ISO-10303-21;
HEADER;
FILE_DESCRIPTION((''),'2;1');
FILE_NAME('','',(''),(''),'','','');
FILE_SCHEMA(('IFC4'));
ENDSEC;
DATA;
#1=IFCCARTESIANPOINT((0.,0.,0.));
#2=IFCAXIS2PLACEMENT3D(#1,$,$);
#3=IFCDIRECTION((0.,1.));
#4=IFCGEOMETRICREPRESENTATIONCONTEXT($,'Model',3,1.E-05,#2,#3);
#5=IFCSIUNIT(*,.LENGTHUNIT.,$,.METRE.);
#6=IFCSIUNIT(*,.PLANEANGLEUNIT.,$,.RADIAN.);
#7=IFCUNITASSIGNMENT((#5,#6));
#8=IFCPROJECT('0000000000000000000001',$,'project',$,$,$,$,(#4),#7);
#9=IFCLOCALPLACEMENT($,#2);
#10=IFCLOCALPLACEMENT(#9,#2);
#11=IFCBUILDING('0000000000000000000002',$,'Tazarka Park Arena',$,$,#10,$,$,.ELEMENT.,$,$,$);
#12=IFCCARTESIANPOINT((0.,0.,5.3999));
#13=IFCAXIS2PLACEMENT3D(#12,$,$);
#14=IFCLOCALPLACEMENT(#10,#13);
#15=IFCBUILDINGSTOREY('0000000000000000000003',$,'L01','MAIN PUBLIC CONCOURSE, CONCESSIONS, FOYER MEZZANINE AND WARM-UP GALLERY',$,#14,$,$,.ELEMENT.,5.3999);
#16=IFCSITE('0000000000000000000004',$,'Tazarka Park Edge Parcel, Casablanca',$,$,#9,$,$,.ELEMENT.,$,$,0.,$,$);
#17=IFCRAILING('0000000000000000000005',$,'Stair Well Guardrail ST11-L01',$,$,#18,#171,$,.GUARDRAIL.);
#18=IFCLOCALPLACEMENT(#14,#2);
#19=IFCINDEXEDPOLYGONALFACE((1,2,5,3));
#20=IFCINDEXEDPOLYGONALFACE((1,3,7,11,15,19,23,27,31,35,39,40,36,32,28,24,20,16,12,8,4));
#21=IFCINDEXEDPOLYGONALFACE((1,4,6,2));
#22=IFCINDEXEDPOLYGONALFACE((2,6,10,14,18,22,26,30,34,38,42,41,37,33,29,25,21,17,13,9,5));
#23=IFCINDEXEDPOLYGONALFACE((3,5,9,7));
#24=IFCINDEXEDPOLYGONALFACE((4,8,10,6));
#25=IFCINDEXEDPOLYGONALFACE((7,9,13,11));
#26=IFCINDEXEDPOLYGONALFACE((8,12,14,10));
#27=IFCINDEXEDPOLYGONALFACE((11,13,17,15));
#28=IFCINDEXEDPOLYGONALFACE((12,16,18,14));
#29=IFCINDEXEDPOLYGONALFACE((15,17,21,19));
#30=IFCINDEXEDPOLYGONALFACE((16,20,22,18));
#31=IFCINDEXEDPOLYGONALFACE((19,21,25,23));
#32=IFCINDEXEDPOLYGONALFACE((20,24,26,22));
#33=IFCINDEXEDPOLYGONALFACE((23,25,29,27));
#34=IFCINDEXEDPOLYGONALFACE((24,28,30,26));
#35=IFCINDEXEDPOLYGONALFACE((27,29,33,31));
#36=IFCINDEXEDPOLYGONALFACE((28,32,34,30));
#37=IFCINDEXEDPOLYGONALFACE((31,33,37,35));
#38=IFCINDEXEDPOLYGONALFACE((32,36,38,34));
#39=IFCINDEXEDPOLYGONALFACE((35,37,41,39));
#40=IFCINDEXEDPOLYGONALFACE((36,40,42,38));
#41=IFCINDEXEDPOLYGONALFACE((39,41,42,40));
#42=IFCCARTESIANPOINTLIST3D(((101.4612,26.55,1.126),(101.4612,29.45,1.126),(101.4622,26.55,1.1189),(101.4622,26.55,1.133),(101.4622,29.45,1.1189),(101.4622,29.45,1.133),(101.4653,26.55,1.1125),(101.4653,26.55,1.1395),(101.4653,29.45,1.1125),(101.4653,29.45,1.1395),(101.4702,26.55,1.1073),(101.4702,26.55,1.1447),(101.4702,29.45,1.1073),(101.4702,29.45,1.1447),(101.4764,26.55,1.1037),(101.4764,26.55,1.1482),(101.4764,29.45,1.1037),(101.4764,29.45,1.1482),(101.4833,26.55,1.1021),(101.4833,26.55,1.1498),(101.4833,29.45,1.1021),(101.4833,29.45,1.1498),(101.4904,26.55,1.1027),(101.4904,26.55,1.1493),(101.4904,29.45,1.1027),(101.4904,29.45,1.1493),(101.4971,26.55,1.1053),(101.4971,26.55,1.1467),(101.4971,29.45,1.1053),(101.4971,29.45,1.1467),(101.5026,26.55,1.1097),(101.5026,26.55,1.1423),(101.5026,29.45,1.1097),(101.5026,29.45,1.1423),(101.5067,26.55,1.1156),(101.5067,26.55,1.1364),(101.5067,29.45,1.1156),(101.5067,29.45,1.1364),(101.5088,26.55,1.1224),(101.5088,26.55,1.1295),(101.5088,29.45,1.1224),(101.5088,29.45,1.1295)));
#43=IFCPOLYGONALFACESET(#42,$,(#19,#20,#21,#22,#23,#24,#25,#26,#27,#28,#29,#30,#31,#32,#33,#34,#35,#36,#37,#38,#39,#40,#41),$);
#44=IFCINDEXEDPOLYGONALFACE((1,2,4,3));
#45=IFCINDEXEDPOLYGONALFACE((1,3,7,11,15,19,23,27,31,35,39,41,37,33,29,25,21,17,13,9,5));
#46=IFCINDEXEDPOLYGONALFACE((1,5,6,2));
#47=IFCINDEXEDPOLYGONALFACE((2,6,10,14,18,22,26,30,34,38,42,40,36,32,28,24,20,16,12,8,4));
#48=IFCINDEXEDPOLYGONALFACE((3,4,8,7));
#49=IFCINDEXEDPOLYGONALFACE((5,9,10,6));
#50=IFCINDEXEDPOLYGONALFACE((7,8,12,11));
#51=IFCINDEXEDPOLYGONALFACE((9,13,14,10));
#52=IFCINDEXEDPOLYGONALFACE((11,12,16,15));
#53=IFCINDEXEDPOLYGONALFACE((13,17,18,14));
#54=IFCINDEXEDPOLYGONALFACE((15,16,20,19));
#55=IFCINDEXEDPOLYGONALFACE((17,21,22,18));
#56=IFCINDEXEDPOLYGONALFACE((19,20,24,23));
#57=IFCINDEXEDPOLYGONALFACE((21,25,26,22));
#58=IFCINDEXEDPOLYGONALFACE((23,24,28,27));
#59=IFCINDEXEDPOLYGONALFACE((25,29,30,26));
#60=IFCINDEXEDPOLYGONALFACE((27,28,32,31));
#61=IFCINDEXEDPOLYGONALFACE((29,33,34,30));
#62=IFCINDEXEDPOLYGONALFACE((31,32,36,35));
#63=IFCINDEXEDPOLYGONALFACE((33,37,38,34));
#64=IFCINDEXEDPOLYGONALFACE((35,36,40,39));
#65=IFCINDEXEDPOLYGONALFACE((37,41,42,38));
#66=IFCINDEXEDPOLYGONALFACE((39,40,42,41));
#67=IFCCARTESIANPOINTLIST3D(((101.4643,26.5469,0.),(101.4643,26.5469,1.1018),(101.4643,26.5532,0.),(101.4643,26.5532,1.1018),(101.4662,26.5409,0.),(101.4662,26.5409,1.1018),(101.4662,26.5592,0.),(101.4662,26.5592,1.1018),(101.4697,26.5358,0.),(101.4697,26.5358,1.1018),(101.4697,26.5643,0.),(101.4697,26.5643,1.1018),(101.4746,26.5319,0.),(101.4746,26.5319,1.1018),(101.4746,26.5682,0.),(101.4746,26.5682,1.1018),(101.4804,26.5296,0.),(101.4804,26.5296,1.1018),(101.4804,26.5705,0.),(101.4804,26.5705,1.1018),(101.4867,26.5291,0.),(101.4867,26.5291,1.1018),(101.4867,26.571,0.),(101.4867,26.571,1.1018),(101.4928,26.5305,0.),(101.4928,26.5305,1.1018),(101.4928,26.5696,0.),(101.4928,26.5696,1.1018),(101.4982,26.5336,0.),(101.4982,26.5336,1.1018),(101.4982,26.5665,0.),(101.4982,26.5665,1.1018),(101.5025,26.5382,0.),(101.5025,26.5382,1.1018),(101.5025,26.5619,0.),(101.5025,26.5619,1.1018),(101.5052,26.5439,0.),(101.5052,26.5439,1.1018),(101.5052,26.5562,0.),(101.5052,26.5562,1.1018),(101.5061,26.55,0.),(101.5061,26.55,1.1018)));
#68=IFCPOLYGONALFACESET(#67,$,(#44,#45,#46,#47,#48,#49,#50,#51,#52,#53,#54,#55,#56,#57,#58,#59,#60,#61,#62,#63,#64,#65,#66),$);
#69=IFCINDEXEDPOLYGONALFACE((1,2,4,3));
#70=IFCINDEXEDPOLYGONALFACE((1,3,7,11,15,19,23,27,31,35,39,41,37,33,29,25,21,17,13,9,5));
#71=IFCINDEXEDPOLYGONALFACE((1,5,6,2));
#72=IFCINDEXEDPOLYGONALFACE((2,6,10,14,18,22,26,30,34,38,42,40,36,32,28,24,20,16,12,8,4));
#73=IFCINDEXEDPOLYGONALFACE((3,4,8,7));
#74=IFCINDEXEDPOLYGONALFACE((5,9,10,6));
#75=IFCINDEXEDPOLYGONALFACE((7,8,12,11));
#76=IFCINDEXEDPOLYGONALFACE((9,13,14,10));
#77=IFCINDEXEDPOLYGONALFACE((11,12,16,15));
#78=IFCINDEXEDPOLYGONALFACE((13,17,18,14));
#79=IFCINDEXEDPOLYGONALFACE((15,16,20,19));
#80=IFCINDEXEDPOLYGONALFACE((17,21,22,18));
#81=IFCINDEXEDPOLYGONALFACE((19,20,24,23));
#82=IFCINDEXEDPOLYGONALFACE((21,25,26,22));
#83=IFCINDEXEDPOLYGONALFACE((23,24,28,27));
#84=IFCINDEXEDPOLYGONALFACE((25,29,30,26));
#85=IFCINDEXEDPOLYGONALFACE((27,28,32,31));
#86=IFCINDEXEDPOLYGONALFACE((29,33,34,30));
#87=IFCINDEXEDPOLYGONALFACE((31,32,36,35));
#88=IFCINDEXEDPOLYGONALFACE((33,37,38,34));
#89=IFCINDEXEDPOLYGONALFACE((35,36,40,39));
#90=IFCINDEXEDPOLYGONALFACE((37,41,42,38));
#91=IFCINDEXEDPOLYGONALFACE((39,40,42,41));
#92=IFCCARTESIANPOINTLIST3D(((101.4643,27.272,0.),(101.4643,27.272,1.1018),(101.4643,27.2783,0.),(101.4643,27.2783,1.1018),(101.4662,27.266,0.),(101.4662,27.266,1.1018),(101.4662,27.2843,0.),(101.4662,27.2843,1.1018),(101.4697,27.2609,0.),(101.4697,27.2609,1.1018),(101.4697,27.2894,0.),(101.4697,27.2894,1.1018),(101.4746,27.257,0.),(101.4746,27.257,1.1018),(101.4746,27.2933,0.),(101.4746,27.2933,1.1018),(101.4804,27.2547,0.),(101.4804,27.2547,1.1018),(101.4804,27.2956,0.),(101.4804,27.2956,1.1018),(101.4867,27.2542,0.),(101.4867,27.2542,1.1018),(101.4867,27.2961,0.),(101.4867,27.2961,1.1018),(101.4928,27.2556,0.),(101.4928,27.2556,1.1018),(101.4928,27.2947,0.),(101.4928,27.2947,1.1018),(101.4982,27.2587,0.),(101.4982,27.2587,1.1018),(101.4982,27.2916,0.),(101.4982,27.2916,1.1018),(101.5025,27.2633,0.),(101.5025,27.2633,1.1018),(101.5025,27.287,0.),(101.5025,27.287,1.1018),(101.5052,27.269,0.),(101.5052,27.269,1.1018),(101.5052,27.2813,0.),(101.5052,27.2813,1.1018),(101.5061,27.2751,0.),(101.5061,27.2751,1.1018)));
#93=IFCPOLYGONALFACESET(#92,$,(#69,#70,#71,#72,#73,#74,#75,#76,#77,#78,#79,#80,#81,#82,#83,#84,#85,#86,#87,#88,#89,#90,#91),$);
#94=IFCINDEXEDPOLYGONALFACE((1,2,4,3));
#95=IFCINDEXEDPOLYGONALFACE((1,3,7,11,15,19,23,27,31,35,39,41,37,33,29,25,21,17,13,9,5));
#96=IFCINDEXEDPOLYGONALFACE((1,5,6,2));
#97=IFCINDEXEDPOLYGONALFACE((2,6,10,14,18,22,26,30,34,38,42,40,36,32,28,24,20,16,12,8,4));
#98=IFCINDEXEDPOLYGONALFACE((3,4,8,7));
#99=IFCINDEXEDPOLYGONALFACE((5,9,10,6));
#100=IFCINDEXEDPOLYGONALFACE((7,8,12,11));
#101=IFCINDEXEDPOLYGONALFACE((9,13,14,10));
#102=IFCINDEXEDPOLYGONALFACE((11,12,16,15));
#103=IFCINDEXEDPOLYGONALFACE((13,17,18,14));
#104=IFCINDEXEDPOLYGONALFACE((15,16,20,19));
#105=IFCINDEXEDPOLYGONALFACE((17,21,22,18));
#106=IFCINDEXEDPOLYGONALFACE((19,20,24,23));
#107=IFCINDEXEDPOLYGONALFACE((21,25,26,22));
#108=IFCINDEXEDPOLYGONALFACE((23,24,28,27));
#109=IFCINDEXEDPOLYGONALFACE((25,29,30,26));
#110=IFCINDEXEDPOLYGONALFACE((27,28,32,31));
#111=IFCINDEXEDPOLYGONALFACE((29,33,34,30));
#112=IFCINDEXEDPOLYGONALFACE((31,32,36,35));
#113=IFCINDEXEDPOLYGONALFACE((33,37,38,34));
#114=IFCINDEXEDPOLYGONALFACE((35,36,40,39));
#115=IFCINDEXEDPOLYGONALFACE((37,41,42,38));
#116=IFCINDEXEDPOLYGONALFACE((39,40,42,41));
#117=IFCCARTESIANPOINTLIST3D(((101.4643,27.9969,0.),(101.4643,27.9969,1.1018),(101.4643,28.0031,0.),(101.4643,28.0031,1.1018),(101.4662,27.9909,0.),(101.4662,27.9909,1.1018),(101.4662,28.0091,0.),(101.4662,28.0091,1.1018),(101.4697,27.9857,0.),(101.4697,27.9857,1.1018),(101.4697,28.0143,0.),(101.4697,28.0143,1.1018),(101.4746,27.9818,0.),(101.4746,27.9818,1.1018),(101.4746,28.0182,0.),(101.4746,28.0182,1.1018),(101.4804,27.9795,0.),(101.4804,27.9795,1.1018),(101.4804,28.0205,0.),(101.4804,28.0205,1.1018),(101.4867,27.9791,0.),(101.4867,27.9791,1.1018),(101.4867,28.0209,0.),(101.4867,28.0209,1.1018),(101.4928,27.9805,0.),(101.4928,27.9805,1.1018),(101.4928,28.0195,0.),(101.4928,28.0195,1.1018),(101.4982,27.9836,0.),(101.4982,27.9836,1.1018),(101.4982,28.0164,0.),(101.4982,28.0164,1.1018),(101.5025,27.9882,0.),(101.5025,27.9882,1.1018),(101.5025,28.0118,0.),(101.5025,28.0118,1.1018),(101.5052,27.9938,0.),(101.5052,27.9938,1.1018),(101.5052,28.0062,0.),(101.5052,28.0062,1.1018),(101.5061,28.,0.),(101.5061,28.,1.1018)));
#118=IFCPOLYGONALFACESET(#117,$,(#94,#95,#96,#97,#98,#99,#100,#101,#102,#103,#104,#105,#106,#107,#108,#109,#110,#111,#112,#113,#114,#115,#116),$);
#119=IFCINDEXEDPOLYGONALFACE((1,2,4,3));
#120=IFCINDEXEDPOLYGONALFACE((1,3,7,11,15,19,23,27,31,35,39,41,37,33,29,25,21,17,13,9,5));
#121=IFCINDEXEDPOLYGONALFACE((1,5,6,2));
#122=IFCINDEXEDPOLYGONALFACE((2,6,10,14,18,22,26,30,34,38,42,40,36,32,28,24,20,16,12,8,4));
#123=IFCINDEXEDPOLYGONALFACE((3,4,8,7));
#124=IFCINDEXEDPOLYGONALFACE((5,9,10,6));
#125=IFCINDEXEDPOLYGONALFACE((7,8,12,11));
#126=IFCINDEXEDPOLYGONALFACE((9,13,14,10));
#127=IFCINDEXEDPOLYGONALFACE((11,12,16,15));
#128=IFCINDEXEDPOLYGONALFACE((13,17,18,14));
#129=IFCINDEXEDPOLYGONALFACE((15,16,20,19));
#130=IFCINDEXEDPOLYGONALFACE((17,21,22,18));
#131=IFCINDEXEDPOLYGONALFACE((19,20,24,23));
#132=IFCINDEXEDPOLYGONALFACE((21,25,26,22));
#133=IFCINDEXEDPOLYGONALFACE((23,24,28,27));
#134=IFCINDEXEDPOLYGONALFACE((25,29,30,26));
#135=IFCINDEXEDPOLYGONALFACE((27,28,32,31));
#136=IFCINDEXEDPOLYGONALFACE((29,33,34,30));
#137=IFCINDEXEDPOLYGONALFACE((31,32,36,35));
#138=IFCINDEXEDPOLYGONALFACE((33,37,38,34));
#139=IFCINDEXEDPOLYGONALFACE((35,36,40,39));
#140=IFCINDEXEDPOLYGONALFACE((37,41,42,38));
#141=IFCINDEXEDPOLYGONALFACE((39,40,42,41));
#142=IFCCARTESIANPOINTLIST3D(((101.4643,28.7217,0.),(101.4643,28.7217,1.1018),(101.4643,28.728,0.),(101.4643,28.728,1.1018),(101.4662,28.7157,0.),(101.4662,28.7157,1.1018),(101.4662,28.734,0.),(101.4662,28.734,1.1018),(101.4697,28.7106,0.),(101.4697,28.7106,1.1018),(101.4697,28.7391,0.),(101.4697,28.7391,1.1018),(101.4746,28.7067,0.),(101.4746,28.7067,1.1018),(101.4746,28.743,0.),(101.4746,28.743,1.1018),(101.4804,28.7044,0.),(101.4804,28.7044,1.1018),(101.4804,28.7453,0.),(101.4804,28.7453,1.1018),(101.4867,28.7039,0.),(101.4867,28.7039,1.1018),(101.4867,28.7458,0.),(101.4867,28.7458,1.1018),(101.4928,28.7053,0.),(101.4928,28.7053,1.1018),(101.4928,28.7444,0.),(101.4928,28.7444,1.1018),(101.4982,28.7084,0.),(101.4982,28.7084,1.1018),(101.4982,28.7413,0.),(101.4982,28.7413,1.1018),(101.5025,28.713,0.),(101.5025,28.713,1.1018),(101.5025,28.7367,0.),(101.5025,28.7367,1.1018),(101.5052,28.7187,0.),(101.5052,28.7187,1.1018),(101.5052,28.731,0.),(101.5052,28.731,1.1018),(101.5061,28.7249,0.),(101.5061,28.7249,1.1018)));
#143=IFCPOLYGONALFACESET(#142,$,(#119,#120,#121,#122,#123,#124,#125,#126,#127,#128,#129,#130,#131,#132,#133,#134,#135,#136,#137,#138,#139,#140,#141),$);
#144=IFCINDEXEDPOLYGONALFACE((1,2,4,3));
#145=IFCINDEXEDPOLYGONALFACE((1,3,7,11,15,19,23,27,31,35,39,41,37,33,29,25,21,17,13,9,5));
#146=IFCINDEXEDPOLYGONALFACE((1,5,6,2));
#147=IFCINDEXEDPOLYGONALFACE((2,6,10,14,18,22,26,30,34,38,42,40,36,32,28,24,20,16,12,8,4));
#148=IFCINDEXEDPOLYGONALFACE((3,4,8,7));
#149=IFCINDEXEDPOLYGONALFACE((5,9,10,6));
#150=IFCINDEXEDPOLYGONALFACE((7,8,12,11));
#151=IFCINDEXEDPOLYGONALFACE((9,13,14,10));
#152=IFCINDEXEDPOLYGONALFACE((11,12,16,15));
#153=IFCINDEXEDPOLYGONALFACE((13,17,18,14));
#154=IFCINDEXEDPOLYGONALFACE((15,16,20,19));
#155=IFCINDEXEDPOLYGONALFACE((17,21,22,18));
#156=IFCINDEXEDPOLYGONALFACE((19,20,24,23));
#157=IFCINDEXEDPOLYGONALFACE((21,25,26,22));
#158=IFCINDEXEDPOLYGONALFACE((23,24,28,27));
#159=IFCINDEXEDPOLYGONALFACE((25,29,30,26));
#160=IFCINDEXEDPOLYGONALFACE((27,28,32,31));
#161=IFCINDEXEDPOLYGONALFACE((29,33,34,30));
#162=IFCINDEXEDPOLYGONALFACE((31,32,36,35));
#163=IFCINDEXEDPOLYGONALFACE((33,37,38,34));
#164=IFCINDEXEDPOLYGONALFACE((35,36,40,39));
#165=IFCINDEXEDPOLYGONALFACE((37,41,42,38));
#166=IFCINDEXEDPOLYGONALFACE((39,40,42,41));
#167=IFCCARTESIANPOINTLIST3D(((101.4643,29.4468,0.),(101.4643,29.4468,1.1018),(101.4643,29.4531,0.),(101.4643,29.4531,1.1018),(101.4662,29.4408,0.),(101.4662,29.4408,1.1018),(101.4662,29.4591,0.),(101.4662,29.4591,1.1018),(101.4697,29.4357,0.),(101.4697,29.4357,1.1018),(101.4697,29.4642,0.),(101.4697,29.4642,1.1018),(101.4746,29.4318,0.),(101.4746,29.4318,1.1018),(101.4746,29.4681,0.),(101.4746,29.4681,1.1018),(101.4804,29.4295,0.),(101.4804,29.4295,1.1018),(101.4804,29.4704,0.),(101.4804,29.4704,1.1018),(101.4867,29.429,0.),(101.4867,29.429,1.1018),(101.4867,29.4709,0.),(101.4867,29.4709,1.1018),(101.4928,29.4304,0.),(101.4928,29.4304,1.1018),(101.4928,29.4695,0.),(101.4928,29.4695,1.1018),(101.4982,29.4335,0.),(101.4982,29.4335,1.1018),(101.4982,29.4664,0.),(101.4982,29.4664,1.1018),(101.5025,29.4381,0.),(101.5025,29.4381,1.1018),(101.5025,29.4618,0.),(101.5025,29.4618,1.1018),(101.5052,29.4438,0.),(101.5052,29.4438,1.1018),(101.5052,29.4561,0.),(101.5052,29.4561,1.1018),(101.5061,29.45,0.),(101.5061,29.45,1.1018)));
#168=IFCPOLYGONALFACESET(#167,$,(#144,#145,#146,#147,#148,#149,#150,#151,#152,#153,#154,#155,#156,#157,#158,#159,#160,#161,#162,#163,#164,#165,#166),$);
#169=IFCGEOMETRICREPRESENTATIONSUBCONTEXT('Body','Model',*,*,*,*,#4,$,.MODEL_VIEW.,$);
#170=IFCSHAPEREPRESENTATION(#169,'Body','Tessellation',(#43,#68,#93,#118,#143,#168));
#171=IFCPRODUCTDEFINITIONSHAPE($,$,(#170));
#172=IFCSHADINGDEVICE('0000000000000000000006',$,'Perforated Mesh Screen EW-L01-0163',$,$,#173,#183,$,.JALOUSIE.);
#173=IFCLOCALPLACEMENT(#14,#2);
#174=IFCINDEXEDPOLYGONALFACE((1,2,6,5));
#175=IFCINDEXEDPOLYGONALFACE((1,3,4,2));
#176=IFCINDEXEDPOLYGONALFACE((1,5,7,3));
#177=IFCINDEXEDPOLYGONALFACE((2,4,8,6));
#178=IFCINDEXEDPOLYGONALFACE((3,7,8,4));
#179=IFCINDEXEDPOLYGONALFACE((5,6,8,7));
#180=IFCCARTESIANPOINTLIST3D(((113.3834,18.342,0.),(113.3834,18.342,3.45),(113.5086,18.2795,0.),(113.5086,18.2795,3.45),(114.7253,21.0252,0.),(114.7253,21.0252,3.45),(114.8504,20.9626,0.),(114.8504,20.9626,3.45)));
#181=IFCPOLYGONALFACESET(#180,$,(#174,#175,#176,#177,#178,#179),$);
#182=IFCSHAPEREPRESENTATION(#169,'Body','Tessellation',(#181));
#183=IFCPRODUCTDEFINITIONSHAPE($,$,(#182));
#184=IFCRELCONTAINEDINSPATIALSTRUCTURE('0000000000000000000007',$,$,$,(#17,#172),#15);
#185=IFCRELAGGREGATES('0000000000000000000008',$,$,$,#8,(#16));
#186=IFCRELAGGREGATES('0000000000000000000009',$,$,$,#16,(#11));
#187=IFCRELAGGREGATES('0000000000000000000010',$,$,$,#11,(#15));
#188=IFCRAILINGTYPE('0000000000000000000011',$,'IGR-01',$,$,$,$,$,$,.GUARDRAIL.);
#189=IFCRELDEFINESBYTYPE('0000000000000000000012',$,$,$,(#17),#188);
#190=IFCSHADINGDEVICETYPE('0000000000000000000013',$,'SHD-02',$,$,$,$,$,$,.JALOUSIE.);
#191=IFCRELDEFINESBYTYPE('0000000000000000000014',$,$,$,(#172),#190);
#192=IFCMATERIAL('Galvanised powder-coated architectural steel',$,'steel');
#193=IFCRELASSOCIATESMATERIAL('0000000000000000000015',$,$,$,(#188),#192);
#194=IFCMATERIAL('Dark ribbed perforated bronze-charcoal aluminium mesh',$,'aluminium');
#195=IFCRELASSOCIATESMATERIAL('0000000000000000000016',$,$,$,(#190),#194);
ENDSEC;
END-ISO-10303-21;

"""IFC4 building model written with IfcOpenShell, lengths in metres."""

from ifc_helpers import new_model, si_unit, direction, frame, origin, origin_2d, place, context, subcontext, project, spatial, rectangle, circle, extrude, material, type_object, element, save


model = new_model("IFC4")

# Units and contexts
model_context = context("Model", 3, precision=1e-05, world=origin(), true_north=direction((0.0, 1.0)))
body_context = subcontext(model_context, "Body", "Model", "MODEL_VIEW")
ifc_project = project(units=[si_unit("LENGTHUNIT", "METRE"), si_unit("PLANEANGLEUNIT", "RADIAN")], contexts=[model_context])

# Site, building, storey
site_placement = place(None, origin())
site = spatial("IfcSite", under=ifc_project, at=site_placement, Name="Tazarka Park Edge Parcel, Casablanca", CompositionType="ELEMENT", RefElevation=0.0)
building_placement = place(site_placement, origin())
building = spatial("IfcBuilding", under=site, at=building_placement, Name="Tazarka Park Arena", CompositionType="ELEMENT")
storey_placement = place(building_placement, frame((0.0, 0.0, 5.3999)))
storey = spatial("IfcBuildingStorey", under=building, at=storey_placement, Name="L01", Description="MAIN PUBLIC CONCOURSE, CONCESSIONS, FOYER MEZZANINE AND WARM-UP GALLERY", CompositionType="ELEMENT", Elevation=5.3999)

# Railing
ifc_material_1 = material(Name="Galvanised powder-coated architectural steel", Category="steel")
railing_type_1 = type_object("IfcRailingType", Name="IGR-01", PredefinedType="GUARDRAIL", material=ifc_material_1)
railing_1_placement = place(storey_placement, frame((101.4851, 26.55, 0.0)))
element("IfcRailing", 1, at=railing_1_placement, inside=storey, type_object=railing_type_1, Name="Stair Well Guardrail ST11-L01", PredefinedType="GUARDRAIL", context=body_context, shape_type="SweptSolid", body=[
    extrude(circle(Radius=0.0239, at=origin_2d()), frame((0.0, 0.0, 1.126), z_axis=(0.0, 1.0, 0.0), x_axis=(-1.0, 0.0, 0.0)), (0.0, 0.0, 1.0), 2.8999),
    extrude(circle(Radius=0.021, at=origin_2d()), origin(), (0.0, 0.0, 1.0), 1.1018),
    extrude(circle(Radius=0.021, at=origin_2d()), frame((0.0, 0.7251, 0.0)), (0.0, 0.0, 1.0), 1.1018),
    extrude(circle(Radius=0.021, at=origin_2d()), frame((0.0, 1.45, 0.0)), (0.0, 0.0, 1.0), 1.1018),
    extrude(circle(Radius=0.021, at=origin_2d()), frame((0.0, 2.1748, 0.0)), (0.0, 0.0, 1.0), 1.1018),
    extrude(circle(Radius=0.021, at=origin_2d()), frame((0.0, 2.8999, 0.0)), (0.0, 0.0, 1.0), 1.1018),
])

# Shading device
ifc_material_2 = material(Name="Dark ribbed perforated bronze-charcoal aluminium mesh", Category="aluminium")
shading_device_type = type_object("IfcShadingDeviceType", Name="SHD-02", PredefinedType="JALOUSIE", material=ifc_material_2)
shading_device_placement = place(storey_placement, frame((114.1169, 19.6523, 0.0), z_axis=(0.0, 0.0, 1.0), x_axis=(-0.447291, -0.894389, 0.0)))
element("IfcShadingDevice", 2, at=shading_device_placement, inside=storey, type_object=shading_device_type, Name="Perforated Mesh Screen EW-L01-0163", PredefinedType="JALOUSIE", context=body_context, shape_type="SweptSolid", body=[
    extrude(rectangle(XDim=3.0, YDim=0.1399, at=origin_2d()), origin(), (0.0, 0.0, 1.0), 3.45),
])

save(model, "model.ifc")
